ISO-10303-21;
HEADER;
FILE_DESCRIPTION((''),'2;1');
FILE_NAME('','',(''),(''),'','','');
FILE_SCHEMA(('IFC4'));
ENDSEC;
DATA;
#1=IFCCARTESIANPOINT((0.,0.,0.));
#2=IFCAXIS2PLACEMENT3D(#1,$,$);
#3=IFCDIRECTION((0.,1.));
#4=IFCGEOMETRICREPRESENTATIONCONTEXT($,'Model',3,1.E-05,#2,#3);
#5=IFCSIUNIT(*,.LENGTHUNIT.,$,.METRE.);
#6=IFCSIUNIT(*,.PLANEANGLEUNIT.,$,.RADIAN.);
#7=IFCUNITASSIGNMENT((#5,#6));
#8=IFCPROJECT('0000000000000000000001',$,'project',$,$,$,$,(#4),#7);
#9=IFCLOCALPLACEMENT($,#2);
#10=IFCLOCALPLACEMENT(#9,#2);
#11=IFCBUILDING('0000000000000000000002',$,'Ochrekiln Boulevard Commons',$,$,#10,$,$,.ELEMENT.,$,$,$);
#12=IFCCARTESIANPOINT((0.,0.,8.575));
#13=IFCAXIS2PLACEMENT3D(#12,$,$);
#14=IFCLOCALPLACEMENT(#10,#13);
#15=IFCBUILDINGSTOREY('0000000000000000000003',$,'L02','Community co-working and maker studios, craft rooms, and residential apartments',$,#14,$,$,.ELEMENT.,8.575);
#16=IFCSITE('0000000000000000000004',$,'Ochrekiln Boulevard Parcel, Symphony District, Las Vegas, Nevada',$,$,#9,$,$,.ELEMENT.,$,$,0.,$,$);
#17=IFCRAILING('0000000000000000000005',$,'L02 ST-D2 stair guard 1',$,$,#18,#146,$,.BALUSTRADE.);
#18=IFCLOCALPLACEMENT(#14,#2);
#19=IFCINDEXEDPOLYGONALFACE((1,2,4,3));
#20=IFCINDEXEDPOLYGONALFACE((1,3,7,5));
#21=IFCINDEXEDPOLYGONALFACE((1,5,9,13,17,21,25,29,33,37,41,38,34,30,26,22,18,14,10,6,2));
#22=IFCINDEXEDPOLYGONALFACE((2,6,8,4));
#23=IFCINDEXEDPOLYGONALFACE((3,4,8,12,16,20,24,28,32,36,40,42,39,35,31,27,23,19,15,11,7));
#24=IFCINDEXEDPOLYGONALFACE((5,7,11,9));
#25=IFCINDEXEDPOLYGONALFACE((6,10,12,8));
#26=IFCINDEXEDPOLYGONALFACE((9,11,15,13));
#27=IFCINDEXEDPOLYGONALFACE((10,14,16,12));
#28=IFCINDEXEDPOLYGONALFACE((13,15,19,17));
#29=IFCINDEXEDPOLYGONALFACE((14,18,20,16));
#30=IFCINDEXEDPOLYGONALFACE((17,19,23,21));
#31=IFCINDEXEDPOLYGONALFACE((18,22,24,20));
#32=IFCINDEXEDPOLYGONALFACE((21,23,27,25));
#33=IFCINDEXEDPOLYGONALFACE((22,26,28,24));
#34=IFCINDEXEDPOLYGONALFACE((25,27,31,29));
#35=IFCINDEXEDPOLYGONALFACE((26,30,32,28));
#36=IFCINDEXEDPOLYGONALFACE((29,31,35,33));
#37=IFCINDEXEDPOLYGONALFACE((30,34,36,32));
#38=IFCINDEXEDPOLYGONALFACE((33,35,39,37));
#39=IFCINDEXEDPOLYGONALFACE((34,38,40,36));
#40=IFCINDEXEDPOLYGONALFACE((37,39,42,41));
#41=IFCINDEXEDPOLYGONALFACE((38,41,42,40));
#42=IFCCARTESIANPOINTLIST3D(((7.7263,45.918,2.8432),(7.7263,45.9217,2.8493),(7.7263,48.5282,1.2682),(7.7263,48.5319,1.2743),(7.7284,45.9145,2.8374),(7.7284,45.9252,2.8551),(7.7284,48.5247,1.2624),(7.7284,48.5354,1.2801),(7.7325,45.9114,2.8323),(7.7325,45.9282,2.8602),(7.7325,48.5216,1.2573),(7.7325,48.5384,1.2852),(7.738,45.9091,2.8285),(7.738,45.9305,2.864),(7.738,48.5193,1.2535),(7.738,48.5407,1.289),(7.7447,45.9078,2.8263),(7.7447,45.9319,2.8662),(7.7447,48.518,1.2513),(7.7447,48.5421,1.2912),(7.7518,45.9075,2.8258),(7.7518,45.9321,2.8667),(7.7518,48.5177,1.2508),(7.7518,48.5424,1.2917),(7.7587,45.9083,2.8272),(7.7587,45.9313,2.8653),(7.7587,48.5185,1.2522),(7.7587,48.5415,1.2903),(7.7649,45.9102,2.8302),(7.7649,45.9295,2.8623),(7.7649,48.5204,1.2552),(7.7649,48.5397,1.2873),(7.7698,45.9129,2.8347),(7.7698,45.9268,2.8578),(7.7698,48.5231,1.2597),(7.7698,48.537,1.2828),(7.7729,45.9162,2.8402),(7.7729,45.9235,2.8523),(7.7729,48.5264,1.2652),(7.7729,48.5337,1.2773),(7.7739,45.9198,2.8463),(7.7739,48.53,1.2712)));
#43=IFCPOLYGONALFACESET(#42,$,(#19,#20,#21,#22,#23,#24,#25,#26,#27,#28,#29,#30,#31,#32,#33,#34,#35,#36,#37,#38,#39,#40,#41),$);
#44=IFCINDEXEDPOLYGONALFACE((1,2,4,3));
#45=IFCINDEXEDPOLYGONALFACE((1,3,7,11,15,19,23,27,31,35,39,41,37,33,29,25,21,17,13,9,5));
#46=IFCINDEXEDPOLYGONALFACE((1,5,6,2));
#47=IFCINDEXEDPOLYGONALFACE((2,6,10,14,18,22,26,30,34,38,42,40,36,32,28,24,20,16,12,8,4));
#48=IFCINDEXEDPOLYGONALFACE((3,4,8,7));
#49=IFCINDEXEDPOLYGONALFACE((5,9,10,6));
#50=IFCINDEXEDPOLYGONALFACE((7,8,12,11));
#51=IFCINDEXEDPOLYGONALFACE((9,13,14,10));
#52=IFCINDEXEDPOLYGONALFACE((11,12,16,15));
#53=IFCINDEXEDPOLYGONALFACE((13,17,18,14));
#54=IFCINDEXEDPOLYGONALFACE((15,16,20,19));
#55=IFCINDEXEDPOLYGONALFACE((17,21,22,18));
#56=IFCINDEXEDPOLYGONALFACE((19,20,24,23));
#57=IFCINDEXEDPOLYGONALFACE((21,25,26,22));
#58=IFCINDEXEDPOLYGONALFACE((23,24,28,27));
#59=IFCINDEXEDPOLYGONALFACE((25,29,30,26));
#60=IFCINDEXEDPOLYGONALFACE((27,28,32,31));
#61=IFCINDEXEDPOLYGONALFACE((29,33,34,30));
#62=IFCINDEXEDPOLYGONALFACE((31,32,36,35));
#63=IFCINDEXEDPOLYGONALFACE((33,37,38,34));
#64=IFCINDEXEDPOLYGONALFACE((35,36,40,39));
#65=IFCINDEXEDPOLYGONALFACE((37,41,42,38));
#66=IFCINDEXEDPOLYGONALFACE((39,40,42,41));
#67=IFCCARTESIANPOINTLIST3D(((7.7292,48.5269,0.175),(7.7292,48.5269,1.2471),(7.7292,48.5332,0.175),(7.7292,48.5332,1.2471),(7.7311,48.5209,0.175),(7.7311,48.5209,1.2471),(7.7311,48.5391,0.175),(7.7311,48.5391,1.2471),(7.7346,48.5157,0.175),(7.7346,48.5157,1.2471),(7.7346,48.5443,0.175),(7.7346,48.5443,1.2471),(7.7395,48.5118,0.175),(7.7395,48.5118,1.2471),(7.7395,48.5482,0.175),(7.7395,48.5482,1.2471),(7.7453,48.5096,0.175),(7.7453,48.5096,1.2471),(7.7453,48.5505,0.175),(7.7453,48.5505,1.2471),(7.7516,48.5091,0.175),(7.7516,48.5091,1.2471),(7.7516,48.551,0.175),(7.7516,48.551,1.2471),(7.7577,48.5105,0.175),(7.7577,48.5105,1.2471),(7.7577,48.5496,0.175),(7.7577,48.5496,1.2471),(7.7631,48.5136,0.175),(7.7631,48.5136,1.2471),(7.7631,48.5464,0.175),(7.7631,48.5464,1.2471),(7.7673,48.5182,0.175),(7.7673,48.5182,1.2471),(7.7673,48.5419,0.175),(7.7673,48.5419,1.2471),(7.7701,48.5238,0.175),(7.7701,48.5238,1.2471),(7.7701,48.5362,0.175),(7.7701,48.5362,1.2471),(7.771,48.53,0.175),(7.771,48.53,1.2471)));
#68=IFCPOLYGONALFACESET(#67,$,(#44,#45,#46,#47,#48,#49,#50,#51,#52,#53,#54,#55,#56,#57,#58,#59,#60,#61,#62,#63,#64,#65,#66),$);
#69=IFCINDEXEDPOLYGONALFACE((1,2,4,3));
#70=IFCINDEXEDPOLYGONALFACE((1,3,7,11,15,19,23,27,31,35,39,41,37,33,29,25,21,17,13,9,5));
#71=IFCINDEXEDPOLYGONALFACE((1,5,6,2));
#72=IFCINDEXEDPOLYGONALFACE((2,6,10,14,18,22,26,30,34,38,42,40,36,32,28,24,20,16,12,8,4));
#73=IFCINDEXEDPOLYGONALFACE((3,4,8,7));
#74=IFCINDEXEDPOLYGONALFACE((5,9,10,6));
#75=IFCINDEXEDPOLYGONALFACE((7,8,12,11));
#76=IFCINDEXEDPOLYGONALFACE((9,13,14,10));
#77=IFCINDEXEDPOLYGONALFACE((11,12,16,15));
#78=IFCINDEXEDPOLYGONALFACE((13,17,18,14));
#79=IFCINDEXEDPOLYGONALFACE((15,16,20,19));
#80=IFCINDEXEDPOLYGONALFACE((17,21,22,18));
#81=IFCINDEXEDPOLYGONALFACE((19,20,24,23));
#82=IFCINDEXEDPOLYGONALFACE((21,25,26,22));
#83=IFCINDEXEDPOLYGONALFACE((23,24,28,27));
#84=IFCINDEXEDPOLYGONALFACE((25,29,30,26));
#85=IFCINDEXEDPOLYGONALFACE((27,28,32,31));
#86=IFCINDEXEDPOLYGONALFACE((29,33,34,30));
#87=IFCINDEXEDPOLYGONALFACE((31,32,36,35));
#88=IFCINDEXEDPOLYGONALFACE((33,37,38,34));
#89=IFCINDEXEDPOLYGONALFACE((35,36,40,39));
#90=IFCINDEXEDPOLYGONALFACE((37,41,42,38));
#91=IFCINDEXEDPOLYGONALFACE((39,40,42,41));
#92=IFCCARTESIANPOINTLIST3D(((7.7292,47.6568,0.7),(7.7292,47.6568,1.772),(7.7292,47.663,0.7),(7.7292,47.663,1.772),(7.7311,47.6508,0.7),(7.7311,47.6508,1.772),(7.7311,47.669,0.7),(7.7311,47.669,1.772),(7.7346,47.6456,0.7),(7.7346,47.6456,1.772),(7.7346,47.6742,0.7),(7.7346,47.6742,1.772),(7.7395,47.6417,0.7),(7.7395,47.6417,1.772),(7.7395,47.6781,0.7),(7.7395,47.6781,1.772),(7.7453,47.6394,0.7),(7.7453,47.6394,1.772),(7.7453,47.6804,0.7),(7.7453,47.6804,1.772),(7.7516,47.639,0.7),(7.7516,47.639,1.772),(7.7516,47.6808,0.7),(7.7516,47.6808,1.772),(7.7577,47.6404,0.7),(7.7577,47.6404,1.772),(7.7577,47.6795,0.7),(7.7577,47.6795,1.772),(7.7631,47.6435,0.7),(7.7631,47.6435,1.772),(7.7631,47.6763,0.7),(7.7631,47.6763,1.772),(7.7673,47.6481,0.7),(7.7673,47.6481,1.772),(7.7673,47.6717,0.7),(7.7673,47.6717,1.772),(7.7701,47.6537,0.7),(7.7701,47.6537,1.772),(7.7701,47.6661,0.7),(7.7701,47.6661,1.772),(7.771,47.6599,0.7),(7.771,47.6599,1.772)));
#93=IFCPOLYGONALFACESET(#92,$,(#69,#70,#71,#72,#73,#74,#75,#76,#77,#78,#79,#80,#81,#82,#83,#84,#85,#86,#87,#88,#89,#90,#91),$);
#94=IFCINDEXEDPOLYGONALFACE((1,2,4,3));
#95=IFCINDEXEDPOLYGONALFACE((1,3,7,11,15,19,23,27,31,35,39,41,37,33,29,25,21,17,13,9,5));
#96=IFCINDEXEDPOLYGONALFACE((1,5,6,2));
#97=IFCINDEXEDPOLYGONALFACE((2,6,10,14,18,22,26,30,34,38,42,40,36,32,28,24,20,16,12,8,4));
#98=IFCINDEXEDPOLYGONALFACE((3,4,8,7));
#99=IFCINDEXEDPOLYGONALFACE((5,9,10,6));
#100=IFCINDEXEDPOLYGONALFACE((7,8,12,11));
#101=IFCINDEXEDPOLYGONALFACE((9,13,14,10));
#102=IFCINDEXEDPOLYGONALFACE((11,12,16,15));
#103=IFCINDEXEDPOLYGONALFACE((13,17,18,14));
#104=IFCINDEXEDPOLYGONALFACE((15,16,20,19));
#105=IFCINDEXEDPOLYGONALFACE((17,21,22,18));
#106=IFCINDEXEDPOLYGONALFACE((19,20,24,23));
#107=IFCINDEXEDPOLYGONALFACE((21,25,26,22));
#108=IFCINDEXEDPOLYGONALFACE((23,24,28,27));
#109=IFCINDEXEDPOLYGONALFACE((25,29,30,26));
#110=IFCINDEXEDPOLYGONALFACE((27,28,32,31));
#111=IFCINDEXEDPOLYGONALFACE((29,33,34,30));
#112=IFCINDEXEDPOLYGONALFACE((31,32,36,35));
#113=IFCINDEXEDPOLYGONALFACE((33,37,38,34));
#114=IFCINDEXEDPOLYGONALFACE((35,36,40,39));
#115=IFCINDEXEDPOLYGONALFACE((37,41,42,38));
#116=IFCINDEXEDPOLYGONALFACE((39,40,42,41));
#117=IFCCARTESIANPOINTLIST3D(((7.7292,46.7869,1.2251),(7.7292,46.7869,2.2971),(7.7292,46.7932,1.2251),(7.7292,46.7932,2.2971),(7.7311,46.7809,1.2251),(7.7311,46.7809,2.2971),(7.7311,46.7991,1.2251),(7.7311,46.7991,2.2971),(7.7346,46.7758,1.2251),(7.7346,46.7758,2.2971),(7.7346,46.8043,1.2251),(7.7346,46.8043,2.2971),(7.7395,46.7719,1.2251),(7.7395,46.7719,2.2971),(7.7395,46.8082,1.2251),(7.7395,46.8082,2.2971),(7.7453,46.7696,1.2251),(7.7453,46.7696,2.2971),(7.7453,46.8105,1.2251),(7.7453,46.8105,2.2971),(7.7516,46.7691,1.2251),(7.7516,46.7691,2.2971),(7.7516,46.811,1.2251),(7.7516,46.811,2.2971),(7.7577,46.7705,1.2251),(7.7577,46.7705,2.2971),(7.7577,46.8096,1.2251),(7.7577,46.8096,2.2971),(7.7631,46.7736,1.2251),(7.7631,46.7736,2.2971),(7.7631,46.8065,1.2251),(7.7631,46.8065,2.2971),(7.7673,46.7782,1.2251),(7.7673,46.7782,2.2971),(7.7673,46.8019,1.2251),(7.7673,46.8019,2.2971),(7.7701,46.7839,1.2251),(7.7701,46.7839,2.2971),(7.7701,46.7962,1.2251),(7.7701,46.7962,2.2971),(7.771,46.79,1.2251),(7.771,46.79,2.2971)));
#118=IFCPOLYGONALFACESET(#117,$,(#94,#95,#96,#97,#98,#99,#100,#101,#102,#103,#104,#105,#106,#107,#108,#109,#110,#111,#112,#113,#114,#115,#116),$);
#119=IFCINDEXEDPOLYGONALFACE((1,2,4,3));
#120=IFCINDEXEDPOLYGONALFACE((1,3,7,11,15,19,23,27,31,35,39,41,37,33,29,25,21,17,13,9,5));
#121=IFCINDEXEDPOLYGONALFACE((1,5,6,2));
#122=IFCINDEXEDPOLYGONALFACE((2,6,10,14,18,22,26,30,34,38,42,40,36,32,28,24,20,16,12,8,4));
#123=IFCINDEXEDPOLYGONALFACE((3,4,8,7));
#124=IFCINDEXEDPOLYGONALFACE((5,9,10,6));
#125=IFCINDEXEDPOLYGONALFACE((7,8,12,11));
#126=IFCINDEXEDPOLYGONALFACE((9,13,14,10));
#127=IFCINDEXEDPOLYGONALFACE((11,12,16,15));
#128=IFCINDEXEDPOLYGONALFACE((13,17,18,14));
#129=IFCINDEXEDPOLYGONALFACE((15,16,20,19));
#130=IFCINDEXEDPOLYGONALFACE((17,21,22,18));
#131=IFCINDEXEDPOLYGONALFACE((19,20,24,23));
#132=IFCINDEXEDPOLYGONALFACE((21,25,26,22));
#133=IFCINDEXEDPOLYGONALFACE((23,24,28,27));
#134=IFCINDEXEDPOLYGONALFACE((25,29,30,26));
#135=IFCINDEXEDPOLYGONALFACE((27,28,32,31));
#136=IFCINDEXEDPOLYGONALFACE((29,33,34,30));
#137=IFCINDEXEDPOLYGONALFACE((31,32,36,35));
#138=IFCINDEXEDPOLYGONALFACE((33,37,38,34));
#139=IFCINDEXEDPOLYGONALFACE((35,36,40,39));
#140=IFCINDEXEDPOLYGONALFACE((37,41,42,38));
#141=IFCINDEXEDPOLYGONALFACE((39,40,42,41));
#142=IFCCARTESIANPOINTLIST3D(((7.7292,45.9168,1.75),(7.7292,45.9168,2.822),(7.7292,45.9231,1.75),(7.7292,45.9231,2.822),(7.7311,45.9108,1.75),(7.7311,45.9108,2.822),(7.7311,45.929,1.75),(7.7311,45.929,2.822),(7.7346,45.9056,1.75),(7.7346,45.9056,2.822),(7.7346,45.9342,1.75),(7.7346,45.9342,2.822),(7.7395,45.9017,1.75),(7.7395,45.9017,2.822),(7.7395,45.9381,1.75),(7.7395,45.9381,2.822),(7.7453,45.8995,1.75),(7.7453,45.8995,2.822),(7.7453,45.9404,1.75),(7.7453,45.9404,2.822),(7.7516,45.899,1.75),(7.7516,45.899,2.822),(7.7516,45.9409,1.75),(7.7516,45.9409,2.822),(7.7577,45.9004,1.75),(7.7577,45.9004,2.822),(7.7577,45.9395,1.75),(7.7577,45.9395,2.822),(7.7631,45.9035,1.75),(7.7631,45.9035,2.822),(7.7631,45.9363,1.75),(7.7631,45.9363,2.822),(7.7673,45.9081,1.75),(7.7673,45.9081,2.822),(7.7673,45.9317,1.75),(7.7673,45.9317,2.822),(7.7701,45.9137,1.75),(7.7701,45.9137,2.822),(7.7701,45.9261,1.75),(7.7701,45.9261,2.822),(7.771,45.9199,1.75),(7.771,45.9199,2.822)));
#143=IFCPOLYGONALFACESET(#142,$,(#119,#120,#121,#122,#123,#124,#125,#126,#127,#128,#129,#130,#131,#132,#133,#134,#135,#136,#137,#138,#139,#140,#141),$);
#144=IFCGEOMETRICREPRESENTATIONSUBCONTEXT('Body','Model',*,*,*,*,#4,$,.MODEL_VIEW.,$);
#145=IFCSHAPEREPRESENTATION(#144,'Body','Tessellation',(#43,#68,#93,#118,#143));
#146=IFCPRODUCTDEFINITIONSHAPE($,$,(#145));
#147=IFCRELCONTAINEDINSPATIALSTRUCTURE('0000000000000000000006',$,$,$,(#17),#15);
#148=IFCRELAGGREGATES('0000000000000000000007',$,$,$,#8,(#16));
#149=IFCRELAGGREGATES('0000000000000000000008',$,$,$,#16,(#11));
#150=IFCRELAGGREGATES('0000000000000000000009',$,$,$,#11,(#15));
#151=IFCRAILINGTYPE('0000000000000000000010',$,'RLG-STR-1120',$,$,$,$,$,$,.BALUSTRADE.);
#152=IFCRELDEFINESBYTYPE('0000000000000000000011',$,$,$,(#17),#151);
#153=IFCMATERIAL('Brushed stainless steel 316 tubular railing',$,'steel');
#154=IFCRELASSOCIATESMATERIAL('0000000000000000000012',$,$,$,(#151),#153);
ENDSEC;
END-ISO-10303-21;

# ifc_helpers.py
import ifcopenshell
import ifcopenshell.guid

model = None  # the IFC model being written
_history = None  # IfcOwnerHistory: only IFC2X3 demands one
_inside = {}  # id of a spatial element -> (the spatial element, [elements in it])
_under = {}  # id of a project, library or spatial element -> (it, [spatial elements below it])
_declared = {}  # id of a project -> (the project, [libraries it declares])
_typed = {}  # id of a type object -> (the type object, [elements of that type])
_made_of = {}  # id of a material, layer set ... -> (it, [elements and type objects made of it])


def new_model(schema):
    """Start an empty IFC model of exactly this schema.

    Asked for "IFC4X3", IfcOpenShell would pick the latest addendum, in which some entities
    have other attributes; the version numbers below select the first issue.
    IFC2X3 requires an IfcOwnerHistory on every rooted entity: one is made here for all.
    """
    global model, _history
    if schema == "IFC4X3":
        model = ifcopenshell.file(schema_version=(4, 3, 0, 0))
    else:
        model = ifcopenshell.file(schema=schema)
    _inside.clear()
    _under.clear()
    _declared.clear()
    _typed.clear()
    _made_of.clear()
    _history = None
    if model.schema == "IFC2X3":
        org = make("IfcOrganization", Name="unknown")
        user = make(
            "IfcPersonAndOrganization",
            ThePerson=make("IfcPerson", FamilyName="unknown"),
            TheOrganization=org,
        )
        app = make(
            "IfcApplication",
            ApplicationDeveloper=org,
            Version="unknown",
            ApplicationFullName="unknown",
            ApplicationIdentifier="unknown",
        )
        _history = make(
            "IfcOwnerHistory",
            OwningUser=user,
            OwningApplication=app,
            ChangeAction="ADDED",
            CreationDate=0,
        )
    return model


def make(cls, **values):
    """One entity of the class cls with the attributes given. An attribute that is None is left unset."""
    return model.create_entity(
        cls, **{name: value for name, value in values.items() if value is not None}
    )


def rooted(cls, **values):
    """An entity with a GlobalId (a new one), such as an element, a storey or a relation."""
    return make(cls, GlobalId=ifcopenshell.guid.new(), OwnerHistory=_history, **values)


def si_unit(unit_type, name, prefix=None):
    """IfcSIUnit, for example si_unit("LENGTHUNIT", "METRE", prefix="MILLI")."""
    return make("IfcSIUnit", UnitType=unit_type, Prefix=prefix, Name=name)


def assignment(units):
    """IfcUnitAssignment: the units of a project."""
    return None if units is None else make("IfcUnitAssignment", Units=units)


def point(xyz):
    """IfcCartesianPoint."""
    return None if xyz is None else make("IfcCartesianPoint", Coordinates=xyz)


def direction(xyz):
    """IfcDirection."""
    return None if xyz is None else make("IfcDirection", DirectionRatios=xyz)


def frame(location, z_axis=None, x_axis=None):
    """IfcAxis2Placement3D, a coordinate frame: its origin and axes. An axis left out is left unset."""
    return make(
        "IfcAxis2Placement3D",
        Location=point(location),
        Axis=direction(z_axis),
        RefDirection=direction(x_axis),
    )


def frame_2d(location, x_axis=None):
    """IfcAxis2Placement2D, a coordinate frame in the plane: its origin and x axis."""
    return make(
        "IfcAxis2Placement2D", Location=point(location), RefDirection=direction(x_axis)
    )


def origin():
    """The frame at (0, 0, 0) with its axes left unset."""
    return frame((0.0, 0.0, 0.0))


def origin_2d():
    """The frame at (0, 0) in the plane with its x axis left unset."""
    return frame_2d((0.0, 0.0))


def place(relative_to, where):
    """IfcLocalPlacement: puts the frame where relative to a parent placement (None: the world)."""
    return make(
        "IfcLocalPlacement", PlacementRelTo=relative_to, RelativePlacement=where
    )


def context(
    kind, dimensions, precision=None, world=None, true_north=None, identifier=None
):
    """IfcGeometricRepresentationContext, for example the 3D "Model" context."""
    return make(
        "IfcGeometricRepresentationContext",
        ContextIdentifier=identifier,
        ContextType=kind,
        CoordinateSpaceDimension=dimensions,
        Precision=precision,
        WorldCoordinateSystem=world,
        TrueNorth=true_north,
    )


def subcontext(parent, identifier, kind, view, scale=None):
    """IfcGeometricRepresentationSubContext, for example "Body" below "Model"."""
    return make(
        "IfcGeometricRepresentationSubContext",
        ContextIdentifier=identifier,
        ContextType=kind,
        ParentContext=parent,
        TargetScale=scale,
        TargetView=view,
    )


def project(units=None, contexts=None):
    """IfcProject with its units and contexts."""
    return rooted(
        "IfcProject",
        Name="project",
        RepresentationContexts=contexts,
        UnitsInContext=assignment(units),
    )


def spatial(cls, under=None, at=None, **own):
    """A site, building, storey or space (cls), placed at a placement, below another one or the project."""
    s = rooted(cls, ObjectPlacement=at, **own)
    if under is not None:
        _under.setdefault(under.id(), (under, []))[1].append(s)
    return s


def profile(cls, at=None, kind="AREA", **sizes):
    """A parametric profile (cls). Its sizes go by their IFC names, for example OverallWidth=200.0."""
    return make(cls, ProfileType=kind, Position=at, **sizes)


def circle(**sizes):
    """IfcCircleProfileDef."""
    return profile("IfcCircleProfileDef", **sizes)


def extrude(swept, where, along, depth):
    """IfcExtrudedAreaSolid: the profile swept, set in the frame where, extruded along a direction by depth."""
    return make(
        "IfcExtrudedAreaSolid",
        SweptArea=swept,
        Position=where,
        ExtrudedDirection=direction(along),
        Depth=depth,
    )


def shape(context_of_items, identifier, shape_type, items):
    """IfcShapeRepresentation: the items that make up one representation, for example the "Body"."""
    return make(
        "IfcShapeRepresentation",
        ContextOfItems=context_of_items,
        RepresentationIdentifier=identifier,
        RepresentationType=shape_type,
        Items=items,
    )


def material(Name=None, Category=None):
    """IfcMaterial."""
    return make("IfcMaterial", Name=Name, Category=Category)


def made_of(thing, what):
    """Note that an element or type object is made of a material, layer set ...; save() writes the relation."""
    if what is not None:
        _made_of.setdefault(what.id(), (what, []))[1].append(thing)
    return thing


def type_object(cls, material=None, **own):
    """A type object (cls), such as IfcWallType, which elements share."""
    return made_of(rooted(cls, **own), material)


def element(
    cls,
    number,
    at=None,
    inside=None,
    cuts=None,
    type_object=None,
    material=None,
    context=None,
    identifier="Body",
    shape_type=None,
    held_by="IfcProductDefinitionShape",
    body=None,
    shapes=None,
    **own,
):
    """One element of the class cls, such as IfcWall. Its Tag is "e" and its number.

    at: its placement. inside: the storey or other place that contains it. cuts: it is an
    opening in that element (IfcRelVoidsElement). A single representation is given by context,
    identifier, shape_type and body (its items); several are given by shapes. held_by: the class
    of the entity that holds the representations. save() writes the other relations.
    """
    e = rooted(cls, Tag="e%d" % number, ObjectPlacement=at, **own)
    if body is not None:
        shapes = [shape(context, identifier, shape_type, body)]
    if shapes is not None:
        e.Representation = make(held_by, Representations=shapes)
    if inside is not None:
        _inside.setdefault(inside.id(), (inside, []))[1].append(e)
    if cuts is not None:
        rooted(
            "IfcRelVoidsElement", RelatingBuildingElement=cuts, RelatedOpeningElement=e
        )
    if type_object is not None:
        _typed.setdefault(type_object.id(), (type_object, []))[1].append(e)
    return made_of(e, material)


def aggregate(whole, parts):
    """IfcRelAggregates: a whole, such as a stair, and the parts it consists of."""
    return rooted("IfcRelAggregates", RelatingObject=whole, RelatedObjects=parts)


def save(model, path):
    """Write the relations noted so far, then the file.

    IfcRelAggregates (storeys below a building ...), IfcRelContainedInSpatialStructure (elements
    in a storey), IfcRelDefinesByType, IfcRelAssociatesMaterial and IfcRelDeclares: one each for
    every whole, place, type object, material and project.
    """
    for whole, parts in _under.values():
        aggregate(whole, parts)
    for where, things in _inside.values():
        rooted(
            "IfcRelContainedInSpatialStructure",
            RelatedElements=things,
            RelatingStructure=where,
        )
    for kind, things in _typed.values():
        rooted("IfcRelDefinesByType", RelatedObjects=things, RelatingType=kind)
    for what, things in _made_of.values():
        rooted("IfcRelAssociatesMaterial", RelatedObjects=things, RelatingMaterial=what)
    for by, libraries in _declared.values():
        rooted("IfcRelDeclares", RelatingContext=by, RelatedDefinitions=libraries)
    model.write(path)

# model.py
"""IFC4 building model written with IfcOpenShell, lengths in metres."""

from ifc_helpers import new_model, si_unit, direction, frame, origin, origin_2d, place, context, subcontext, project, spatial, circle, extrude, material, type_object, element, save


model = new_model("IFC4")

# Units and contexts
model_context = context("Model", 3, precision=1e-05, world=origin(), true_north=direction((0.0, 1.0)))
body_context = subcontext(model_context, "Body", "Model", "MODEL_VIEW")
ifc_project = project(units=[si_unit("LENGTHUNIT", "METRE"), si_unit("PLANEANGLEUNIT", "RADIAN")], contexts=[model_context])

# Site, building, storey
site_placement = place(None, origin())
site = spatial("IfcSite", under=ifc_project, at=site_placement, Name="Ochrekiln Boulevard Parcel, Symphony District, Las Vegas, Nevada", CompositionType="ELEMENT", RefElevation=0.0)
building_placement = place(site_placement, origin())
building = spatial("IfcBuilding", under=site, at=building_placement, Name="Ochrekiln Boulevard Commons", CompositionType="ELEMENT")
storey_placement = place(building_placement, frame((0.0, 0.0, 8.575)))
storey = spatial("IfcBuildingStorey", under=building, at=storey_placement, Name="L02", Description="Community co-working and maker studios, craft rooms, and residential apartments", CompositionType="ELEMENT", Elevation=8.575)

# Railing
ifc_material_1 = material(Name="Brushed stainless steel 316 tubular railing", Category="steel")
railing_type_1 = type_object("IfcRailingType", Name="RLG-STR-1120", PredefinedType="BALUSTRADE", material=ifc_material_1)
railing_1_placement = place(storey_placement, frame((7.75, 48.53, 0.175)))
element("IfcRailing", 1, at=railing_1_placement, inside=storey, type_object=railing_type_1, Name="L02 ST-D2 stair guard 1", PredefinedType="BALUSTRADE", context=body_context, shape_type="SweptSolid", body=[
    extrude(circle(Radius=0.0239, at=origin_2d()), frame((0.0, 0.0, 1.0962), z_axis=(0.0, -0.856204, 0.516638), x_axis=(1.0, 0.0, 0.0)), (0.0, 0.0, 1.0), 3.0486),
    extrude(circle(Radius=0.021, at=origin_2d()), origin(), (0.0, 0.0, 1.0), 1.072),
    extrude(circle(Radius=0.021, at=origin_2d()), frame((0.0, -0.8701, 0.5249)), (0.0, 0.0, 1.0), 1.072),
    extrude(circle(Radius=0.021, at=origin_2d()), frame((0.0, -1.74, 1.05)), (0.0, 0.0, 1.0), 1.072),
    extrude(circle(Radius=0.021, at=origin_2d()), frame((0.0, -2.6101, 1.575)), (0.0, 0.0, 1.0), 1.072),
])

save(model, "model.ifc")
